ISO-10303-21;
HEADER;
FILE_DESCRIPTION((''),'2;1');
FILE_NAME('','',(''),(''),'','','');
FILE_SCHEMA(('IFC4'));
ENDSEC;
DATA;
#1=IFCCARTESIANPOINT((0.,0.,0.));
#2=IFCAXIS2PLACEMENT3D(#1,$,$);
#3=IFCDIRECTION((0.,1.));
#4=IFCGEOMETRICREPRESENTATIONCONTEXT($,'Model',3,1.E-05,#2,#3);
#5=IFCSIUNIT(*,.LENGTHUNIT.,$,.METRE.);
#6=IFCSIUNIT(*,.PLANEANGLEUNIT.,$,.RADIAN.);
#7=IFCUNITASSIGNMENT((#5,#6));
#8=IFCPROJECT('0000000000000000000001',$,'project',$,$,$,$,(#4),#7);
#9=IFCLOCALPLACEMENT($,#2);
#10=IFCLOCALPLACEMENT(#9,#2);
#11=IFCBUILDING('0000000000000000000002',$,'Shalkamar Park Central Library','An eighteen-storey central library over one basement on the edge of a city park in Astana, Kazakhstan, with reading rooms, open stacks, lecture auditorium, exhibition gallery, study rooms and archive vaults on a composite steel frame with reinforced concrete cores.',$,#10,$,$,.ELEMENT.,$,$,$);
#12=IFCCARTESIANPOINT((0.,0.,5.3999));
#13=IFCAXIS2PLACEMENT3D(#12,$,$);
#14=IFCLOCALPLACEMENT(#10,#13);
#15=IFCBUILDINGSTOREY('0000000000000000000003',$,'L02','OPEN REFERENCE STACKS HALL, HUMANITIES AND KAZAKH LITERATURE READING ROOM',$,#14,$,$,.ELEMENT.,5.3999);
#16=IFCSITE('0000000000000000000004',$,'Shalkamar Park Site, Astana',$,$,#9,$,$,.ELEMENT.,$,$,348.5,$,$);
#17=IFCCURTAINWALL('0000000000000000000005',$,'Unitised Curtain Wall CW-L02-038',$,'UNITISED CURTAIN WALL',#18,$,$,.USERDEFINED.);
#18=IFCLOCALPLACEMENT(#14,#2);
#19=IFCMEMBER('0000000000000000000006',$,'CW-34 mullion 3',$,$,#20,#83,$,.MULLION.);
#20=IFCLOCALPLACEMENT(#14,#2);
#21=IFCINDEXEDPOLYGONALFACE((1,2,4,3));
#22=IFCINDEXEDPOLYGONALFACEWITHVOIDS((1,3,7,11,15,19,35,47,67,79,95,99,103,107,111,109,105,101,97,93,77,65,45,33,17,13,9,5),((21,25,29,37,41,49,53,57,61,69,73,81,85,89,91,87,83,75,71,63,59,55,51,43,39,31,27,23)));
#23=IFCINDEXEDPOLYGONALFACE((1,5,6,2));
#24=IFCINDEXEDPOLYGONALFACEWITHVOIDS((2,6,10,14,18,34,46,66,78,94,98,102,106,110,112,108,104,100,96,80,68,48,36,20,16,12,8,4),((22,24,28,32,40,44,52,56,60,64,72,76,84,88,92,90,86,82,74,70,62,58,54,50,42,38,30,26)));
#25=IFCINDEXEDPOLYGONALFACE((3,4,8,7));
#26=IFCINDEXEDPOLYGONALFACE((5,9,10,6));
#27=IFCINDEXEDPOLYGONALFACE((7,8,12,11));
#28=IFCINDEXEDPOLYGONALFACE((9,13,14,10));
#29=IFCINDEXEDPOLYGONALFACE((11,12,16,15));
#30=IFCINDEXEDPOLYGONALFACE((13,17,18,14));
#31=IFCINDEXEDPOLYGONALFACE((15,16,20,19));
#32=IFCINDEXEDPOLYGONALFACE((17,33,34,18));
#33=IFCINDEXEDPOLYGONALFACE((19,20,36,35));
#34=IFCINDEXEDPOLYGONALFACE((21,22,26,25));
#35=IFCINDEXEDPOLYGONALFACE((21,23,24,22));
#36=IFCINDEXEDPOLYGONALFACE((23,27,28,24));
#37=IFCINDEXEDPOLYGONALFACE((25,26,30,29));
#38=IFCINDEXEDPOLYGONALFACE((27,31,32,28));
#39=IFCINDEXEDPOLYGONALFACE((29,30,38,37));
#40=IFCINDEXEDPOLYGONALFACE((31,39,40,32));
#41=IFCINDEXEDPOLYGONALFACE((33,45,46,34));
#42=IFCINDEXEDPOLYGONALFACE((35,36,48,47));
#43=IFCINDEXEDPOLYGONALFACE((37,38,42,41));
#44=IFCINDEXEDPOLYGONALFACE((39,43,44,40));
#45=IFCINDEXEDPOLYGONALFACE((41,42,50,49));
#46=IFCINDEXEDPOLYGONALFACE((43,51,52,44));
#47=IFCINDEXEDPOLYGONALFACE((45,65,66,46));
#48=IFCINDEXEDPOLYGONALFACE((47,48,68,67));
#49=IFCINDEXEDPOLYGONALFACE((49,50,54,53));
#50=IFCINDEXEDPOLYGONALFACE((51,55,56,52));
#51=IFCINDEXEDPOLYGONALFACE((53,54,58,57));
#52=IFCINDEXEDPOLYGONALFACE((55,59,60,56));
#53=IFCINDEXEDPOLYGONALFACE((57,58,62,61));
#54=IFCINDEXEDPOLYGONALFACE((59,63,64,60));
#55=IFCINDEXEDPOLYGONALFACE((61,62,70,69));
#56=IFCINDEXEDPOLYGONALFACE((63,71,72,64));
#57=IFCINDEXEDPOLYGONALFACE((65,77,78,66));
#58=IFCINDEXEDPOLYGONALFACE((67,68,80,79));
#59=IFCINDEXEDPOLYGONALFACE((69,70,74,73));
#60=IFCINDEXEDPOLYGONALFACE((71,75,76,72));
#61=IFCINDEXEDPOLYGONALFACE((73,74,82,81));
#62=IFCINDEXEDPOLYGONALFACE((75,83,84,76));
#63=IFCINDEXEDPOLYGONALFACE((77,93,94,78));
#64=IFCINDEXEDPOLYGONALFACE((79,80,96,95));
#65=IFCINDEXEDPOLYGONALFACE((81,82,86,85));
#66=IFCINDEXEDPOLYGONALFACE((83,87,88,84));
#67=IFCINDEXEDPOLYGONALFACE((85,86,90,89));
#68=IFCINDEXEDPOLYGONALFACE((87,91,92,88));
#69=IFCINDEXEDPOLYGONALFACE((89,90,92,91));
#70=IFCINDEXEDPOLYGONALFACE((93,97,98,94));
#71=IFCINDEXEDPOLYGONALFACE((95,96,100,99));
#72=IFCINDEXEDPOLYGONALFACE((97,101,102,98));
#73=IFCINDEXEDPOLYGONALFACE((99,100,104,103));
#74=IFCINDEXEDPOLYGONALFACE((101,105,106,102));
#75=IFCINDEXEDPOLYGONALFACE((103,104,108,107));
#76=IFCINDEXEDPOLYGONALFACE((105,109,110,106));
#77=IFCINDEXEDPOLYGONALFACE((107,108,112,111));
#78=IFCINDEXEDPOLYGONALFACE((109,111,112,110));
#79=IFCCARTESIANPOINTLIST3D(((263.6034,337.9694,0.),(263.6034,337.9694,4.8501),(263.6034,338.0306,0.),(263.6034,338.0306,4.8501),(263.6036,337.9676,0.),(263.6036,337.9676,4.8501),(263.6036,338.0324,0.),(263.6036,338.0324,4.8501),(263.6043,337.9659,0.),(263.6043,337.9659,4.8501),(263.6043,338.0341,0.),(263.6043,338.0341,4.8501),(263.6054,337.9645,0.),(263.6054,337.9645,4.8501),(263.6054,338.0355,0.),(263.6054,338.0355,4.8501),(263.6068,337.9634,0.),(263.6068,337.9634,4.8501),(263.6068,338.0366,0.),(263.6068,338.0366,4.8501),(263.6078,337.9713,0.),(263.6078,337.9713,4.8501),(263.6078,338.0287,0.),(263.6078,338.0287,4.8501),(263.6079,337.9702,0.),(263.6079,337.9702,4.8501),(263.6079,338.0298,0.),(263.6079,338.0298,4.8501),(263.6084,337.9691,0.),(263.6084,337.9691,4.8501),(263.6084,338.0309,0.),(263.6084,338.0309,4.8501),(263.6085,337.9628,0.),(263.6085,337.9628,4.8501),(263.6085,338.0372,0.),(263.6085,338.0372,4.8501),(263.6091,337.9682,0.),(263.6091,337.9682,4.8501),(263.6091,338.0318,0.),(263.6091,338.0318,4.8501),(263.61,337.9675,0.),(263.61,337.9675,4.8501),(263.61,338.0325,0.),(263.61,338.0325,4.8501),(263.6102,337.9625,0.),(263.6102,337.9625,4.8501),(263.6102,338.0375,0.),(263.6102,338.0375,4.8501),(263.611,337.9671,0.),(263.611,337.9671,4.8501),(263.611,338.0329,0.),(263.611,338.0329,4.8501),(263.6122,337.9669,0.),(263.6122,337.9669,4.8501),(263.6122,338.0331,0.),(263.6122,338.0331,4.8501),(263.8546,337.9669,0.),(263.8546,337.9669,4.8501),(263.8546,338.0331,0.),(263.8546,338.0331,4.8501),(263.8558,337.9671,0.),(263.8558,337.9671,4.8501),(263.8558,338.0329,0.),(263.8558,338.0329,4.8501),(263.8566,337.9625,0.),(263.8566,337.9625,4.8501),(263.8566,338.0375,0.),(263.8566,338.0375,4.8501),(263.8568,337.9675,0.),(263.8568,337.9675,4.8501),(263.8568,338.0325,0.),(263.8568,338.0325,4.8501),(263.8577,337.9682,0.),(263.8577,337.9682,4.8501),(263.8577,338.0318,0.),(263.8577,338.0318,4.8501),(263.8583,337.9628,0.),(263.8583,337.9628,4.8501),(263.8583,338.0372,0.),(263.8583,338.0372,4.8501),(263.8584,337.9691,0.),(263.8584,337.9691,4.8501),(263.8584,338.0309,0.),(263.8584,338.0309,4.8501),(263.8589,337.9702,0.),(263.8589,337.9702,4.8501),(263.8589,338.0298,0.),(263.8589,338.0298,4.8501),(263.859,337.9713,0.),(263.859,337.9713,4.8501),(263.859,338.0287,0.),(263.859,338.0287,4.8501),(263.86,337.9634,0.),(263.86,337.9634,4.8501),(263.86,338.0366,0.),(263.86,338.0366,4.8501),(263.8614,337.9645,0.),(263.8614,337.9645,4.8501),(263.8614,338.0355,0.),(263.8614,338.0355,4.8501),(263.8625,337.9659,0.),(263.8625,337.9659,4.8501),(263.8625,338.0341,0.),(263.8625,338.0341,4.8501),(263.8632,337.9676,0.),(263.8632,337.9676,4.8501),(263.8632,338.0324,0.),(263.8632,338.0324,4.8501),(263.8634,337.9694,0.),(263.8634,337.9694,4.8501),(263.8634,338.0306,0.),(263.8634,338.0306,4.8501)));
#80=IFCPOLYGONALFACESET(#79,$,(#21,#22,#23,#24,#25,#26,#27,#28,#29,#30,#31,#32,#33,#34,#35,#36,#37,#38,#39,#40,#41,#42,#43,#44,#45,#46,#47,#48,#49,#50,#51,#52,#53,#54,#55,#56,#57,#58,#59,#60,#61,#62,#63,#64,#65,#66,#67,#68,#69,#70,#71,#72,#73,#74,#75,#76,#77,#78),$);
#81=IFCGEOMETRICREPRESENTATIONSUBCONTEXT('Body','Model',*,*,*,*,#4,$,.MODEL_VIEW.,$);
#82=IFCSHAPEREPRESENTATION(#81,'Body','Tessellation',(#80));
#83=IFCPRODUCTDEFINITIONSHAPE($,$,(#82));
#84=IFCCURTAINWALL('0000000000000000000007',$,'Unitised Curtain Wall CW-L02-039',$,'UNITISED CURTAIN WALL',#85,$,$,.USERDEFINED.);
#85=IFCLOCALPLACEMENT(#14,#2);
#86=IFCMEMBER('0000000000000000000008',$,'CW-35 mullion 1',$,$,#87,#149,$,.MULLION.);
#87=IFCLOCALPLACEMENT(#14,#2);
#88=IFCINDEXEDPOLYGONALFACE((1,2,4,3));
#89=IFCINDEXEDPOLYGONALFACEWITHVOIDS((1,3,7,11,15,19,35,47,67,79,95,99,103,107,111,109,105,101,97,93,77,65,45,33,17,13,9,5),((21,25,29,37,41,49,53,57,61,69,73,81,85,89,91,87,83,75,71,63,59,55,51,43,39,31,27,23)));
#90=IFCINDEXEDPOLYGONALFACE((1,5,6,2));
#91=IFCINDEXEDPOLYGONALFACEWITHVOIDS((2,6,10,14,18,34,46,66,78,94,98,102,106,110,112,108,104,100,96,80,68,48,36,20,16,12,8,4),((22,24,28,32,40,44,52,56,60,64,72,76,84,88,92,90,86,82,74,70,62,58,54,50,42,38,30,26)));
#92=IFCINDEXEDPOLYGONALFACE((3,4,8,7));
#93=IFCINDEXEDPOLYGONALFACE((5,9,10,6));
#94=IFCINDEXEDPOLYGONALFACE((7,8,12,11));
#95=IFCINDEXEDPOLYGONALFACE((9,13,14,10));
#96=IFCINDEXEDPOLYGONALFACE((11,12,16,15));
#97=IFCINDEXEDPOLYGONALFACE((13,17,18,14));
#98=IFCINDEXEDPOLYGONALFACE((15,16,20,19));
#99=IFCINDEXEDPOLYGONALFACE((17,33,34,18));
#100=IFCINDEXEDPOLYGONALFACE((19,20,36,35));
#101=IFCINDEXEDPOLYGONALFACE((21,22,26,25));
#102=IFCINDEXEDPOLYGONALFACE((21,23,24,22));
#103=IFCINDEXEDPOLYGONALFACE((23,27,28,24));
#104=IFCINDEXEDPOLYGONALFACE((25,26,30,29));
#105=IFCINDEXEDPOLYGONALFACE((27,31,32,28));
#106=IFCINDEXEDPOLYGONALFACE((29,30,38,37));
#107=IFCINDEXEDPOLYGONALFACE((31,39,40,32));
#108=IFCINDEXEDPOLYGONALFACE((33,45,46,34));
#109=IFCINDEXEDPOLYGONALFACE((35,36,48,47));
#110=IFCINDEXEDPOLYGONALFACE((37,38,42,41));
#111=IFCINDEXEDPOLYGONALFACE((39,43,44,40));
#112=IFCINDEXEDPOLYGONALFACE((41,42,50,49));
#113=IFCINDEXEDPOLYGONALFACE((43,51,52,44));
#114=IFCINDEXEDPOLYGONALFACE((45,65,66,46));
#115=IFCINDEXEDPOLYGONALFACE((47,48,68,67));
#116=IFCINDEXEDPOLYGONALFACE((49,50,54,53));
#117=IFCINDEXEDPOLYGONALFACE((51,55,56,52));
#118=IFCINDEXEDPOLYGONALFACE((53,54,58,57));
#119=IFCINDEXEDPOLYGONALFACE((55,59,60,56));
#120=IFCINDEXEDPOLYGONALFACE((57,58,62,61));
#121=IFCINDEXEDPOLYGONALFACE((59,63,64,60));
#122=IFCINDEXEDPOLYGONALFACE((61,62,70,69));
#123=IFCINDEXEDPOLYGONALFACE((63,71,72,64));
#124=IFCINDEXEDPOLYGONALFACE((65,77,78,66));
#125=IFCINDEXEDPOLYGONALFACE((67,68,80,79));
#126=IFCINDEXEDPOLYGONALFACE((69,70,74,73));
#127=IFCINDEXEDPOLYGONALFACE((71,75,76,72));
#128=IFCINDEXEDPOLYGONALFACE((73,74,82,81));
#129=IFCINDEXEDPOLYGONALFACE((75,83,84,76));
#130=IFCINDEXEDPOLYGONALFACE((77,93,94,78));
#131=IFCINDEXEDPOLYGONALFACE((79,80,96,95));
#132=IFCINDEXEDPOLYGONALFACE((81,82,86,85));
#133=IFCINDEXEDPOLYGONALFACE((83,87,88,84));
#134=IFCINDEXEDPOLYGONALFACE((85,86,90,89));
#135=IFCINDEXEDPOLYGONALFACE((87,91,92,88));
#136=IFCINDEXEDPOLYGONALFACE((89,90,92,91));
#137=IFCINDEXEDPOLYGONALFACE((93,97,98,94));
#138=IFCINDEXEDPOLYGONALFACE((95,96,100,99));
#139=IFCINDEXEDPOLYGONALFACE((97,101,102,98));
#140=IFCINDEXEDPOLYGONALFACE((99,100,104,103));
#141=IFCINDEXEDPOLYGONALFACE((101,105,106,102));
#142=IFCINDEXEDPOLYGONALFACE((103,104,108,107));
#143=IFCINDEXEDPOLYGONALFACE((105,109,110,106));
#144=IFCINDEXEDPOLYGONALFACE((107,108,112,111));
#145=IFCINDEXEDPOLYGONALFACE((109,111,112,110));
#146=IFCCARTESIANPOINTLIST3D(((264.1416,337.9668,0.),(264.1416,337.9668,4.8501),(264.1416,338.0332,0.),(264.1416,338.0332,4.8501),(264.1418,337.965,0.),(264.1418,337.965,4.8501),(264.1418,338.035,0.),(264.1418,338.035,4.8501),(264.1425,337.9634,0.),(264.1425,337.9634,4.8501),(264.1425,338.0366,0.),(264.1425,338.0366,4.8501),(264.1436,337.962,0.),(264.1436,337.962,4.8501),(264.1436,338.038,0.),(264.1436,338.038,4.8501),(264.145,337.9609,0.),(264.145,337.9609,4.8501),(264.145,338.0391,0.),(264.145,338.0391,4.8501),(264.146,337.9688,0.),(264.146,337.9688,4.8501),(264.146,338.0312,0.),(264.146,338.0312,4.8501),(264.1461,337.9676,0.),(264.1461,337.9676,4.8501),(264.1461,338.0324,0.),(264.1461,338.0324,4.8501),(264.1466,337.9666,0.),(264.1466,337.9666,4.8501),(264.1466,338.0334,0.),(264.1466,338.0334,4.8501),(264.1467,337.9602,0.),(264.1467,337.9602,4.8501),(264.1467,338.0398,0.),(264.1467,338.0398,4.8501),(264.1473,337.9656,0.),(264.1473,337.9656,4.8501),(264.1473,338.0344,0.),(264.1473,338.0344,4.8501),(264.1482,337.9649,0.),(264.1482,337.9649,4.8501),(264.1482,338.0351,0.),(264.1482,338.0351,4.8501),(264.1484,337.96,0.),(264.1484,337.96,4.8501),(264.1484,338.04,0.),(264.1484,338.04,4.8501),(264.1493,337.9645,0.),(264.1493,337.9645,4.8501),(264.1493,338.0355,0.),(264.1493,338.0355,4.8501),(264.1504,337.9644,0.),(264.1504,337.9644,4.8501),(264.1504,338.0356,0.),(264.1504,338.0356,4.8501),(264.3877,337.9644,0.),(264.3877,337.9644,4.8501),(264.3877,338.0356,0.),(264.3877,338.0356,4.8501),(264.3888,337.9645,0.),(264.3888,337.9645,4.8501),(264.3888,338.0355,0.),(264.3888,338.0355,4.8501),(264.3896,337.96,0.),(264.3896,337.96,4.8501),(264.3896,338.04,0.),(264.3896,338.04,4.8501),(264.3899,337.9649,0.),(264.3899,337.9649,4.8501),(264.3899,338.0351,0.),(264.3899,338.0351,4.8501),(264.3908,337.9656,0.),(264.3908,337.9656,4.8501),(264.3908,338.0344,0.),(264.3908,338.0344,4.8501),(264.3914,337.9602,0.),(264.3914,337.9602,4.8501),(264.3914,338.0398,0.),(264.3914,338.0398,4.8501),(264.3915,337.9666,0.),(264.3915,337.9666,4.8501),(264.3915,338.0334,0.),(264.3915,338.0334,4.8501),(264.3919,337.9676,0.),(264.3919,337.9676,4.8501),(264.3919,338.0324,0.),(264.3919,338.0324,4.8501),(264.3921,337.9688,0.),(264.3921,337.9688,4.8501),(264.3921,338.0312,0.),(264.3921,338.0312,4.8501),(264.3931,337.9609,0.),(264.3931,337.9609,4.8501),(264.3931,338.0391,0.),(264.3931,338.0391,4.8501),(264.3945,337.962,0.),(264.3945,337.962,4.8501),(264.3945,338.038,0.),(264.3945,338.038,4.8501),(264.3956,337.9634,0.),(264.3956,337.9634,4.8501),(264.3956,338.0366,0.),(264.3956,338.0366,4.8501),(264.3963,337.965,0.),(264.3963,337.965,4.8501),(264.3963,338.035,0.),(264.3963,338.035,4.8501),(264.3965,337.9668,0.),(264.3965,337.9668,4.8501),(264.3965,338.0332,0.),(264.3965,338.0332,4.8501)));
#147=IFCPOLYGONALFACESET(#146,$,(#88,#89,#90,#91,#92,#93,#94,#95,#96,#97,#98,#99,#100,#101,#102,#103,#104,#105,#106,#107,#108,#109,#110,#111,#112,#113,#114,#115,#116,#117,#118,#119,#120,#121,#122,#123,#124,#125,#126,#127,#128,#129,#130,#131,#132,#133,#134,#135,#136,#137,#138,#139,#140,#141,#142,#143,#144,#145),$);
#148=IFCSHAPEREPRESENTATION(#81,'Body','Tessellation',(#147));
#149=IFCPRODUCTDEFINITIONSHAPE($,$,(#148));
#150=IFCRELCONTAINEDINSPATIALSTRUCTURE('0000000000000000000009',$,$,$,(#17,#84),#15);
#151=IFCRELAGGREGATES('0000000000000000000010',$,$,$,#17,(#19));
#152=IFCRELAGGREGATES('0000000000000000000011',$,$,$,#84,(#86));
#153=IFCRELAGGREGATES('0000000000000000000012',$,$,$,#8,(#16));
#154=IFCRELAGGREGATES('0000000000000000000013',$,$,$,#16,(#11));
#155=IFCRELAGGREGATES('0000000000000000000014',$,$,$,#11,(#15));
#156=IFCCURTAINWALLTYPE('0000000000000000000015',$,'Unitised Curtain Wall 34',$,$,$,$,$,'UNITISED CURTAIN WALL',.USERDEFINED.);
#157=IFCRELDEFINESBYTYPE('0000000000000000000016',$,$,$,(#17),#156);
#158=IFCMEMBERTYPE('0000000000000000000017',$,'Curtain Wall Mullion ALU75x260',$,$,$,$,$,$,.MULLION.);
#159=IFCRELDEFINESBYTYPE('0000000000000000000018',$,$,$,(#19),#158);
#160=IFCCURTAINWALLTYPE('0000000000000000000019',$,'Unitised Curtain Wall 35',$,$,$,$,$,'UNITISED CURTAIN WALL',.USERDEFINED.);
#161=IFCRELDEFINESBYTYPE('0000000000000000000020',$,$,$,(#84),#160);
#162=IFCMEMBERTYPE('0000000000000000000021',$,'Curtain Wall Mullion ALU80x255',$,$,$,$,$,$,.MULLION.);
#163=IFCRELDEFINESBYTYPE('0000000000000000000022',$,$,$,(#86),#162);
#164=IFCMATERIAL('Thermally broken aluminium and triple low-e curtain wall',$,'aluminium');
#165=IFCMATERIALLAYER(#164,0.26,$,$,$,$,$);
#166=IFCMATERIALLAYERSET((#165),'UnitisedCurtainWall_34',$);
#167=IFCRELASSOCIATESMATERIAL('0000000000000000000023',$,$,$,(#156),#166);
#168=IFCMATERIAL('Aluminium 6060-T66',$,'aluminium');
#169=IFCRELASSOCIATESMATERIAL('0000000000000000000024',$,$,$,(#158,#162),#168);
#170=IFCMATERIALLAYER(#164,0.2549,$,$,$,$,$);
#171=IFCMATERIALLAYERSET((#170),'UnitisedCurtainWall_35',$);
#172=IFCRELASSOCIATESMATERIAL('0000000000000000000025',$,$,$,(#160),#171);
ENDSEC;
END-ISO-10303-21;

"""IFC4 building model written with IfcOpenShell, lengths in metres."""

from ifc_helpers import new_model, si_unit, direction, frame, origin, origin_2d, place, context, subcontext, project, spatial, hollow_rectangle, extrude, material, layer, layer_set, material_profile, profile_set, type_object, element, aggregate, save


model = new_model("IFC4")

# Units and contexts
model_context = context("Model", 3, precision=1e-05, world=origin(), true_north=direction((0.0, 1.0)))
body_context = subcontext(model_context, "Body", "Model", "MODEL_VIEW")
ifc_project = project(units=[si_unit("LENGTHUNIT", "METRE"), si_unit("PLANEANGLEUNIT", "RADIAN")], contexts=[model_context])

# Site, building, storey
site_placement = place(None, origin())
site = spatial("IfcSite", under=ifc_project, at=site_placement, Name="Shalkamar Park Site, Astana", CompositionType="ELEMENT", RefElevation=348.5)
building_placement = place(site_placement, origin())
building = spatial("IfcBuilding", under=site, at=building_placement, Name="Shalkamar Park Central Library", Description="An eighteen-storey central library over one basement on the edge of a city park in Astana, Kazakhstan, with reading rooms, open stacks, lecture auditorium, exhibition gallery, study rooms and archive vaults on a composite steel frame with reinforced concrete cores.", CompositionType="ELEMENT")
storey_placement = place(building_placement, frame((0.0, 0.0, 5.3999)))
storey = spatial("IfcBuildingStorey", under=building, at=storey_placement, Name="L02", Description="OPEN REFERENCE STACKS HALL, HUMANITIES AND KAZAKH LITERATURE READING ROOM", CompositionType="ELEMENT", Elevation=5.3999)

# Curtain wall, member
ifc_material_1 = material(Name="Thermally broken aluminium and triple low-e curtain wall", Category="aluminium")
ifc_layer_1 = layer(ifc_material_1, 0.26)
ifc_layer_set_1 = layer_set([ifc_layer_1], Name="UnitisedCurtainWall_34")
curtain_wall_type_1 = type_object("IfcCurtainWallType", Name="Unitised Curtain Wall 34", ElementType="UNITISED CURTAIN WALL", PredefinedType="USERDEFINED", material=ifc_layer_set_1)
curtain_wall_1_placement = place(storey_placement, origin())
curtain_wall_1 = element("IfcCurtainWall", 1, at=curtain_wall_1_placement, inside=storey, type_object=curtain_wall_type_1, Name="Unitised Curtain Wall CW-L02-038", ObjectType="UNITISED CURTAIN WALL", PredefinedType="USERDEFINED")
ifc_material_2 = material(Name="Aluminium 6060-T66", Category="aluminium")
ifc_material_profile_1 = material_profile(ifc_material_2, hollow_rectangle(XDim=0.075, YDim=0.26, WallThickness=0.0044, InnerFilletRadius=0.0044, OuterFilletRadius=0.0068, at=origin_2d()), Name="ALU 75x260x4.5")
ifc_profile_set_1 = profile_set([ifc_material_profile_1], Name="Aluminium 6060-T66")
member_type_1 = type_object("IfcMemberType", Name="Curtain Wall Mullion ALU75x260", PredefinedType="MULLION", material=ifc_profile_set_1)
member_1_placement = place(storey_placement, frame((263.7334, 338.0, 0.0), z_axis=(0.0, 0.0, 1.0), x_axis=(0.0, 1.0, 0.0)))
member_1 = element("IfcMember", 2, at=member_1_placement, type_object=member_type_1, Name="CW-34 mullion 3", PredefinedType="MULLION", context=body_context, shape_type="SweptSolid", body=[
    extrude(hollow_rectangle(XDim=0.075, YDim=0.26, WallThickness=0.0044, InnerFilletRadius=0.0044, OuterFilletRadius=0.0068, at=origin_2d()), origin(), (0.0, 0.0, 1.0), 4.8501),
])

# Curtain wall, member
ifc_layer_2 = layer(ifc_material_1, 0.2549)
ifc_layer_set_2 = layer_set([ifc_layer_2], Name="UnitisedCurtainWall_35")
curtain_wall_type_2 = type_object("IfcCurtainWallType", Name="Unitised Curtain Wall 35", ElementType="UNITISED CURTAIN WALL", PredefinedType="USERDEFINED", material=ifc_layer_set_2)
curtain_wall_2_placement = place(storey_placement, origin())
curtain_wall_2 = element("IfcCurtainWall", 3, at=curtain_wall_2_placement, inside=storey, type_object=curtain_wall_type_2, Name="Unitised Curtain Wall CW-L02-039", ObjectType="UNITISED CURTAIN WALL", PredefinedType="USERDEFINED")
ifc_material_profile_2 = material_profile(ifc_material_2, hollow_rectangle(XDim=0.0801, YDim=0.2549, WallThickness=0.0044, InnerFilletRadius=0.0044, OuterFilletRadius=0.0068, at=origin_2d()), Name="ALU 80x255x4.5")
ifc_profile_set_2 = profile_set([ifc_material_profile_2], Name="Aluminium 6060-T66")
member_type_2 = type_object("IfcMemberType", Name="Curtain Wall Mullion ALU80x255", PredefinedType="MULLION", material=ifc_profile_set_2)
member_2_placement = place(storey_placement, frame((264.269, 338.0, 0.0), z_axis=(0.0, 0.0, 1.0), x_axis=(0.0, 1.0, 0.0)))
member_2 = element("IfcMember", 4, at=member_2_placement, type_object=member_type_2, Name="CW-35 mullion 1", PredefinedType="MULLION", context=body_context, shape_type="SweptSolid", body=[
    extrude(hollow_rectangle(XDim=0.0801, YDim=0.2549, WallThickness=0.0044, InnerFilletRadius=0.0044, OuterFilletRadius=0.0068, at=origin_2d()), origin(), (0.0, 0.0, 1.0), 4.8501),
])

aggregate(curtain_wall_1, [member_1])
aggregate(curtain_wall_2, [member_2])

save(model, "model.ifc")
